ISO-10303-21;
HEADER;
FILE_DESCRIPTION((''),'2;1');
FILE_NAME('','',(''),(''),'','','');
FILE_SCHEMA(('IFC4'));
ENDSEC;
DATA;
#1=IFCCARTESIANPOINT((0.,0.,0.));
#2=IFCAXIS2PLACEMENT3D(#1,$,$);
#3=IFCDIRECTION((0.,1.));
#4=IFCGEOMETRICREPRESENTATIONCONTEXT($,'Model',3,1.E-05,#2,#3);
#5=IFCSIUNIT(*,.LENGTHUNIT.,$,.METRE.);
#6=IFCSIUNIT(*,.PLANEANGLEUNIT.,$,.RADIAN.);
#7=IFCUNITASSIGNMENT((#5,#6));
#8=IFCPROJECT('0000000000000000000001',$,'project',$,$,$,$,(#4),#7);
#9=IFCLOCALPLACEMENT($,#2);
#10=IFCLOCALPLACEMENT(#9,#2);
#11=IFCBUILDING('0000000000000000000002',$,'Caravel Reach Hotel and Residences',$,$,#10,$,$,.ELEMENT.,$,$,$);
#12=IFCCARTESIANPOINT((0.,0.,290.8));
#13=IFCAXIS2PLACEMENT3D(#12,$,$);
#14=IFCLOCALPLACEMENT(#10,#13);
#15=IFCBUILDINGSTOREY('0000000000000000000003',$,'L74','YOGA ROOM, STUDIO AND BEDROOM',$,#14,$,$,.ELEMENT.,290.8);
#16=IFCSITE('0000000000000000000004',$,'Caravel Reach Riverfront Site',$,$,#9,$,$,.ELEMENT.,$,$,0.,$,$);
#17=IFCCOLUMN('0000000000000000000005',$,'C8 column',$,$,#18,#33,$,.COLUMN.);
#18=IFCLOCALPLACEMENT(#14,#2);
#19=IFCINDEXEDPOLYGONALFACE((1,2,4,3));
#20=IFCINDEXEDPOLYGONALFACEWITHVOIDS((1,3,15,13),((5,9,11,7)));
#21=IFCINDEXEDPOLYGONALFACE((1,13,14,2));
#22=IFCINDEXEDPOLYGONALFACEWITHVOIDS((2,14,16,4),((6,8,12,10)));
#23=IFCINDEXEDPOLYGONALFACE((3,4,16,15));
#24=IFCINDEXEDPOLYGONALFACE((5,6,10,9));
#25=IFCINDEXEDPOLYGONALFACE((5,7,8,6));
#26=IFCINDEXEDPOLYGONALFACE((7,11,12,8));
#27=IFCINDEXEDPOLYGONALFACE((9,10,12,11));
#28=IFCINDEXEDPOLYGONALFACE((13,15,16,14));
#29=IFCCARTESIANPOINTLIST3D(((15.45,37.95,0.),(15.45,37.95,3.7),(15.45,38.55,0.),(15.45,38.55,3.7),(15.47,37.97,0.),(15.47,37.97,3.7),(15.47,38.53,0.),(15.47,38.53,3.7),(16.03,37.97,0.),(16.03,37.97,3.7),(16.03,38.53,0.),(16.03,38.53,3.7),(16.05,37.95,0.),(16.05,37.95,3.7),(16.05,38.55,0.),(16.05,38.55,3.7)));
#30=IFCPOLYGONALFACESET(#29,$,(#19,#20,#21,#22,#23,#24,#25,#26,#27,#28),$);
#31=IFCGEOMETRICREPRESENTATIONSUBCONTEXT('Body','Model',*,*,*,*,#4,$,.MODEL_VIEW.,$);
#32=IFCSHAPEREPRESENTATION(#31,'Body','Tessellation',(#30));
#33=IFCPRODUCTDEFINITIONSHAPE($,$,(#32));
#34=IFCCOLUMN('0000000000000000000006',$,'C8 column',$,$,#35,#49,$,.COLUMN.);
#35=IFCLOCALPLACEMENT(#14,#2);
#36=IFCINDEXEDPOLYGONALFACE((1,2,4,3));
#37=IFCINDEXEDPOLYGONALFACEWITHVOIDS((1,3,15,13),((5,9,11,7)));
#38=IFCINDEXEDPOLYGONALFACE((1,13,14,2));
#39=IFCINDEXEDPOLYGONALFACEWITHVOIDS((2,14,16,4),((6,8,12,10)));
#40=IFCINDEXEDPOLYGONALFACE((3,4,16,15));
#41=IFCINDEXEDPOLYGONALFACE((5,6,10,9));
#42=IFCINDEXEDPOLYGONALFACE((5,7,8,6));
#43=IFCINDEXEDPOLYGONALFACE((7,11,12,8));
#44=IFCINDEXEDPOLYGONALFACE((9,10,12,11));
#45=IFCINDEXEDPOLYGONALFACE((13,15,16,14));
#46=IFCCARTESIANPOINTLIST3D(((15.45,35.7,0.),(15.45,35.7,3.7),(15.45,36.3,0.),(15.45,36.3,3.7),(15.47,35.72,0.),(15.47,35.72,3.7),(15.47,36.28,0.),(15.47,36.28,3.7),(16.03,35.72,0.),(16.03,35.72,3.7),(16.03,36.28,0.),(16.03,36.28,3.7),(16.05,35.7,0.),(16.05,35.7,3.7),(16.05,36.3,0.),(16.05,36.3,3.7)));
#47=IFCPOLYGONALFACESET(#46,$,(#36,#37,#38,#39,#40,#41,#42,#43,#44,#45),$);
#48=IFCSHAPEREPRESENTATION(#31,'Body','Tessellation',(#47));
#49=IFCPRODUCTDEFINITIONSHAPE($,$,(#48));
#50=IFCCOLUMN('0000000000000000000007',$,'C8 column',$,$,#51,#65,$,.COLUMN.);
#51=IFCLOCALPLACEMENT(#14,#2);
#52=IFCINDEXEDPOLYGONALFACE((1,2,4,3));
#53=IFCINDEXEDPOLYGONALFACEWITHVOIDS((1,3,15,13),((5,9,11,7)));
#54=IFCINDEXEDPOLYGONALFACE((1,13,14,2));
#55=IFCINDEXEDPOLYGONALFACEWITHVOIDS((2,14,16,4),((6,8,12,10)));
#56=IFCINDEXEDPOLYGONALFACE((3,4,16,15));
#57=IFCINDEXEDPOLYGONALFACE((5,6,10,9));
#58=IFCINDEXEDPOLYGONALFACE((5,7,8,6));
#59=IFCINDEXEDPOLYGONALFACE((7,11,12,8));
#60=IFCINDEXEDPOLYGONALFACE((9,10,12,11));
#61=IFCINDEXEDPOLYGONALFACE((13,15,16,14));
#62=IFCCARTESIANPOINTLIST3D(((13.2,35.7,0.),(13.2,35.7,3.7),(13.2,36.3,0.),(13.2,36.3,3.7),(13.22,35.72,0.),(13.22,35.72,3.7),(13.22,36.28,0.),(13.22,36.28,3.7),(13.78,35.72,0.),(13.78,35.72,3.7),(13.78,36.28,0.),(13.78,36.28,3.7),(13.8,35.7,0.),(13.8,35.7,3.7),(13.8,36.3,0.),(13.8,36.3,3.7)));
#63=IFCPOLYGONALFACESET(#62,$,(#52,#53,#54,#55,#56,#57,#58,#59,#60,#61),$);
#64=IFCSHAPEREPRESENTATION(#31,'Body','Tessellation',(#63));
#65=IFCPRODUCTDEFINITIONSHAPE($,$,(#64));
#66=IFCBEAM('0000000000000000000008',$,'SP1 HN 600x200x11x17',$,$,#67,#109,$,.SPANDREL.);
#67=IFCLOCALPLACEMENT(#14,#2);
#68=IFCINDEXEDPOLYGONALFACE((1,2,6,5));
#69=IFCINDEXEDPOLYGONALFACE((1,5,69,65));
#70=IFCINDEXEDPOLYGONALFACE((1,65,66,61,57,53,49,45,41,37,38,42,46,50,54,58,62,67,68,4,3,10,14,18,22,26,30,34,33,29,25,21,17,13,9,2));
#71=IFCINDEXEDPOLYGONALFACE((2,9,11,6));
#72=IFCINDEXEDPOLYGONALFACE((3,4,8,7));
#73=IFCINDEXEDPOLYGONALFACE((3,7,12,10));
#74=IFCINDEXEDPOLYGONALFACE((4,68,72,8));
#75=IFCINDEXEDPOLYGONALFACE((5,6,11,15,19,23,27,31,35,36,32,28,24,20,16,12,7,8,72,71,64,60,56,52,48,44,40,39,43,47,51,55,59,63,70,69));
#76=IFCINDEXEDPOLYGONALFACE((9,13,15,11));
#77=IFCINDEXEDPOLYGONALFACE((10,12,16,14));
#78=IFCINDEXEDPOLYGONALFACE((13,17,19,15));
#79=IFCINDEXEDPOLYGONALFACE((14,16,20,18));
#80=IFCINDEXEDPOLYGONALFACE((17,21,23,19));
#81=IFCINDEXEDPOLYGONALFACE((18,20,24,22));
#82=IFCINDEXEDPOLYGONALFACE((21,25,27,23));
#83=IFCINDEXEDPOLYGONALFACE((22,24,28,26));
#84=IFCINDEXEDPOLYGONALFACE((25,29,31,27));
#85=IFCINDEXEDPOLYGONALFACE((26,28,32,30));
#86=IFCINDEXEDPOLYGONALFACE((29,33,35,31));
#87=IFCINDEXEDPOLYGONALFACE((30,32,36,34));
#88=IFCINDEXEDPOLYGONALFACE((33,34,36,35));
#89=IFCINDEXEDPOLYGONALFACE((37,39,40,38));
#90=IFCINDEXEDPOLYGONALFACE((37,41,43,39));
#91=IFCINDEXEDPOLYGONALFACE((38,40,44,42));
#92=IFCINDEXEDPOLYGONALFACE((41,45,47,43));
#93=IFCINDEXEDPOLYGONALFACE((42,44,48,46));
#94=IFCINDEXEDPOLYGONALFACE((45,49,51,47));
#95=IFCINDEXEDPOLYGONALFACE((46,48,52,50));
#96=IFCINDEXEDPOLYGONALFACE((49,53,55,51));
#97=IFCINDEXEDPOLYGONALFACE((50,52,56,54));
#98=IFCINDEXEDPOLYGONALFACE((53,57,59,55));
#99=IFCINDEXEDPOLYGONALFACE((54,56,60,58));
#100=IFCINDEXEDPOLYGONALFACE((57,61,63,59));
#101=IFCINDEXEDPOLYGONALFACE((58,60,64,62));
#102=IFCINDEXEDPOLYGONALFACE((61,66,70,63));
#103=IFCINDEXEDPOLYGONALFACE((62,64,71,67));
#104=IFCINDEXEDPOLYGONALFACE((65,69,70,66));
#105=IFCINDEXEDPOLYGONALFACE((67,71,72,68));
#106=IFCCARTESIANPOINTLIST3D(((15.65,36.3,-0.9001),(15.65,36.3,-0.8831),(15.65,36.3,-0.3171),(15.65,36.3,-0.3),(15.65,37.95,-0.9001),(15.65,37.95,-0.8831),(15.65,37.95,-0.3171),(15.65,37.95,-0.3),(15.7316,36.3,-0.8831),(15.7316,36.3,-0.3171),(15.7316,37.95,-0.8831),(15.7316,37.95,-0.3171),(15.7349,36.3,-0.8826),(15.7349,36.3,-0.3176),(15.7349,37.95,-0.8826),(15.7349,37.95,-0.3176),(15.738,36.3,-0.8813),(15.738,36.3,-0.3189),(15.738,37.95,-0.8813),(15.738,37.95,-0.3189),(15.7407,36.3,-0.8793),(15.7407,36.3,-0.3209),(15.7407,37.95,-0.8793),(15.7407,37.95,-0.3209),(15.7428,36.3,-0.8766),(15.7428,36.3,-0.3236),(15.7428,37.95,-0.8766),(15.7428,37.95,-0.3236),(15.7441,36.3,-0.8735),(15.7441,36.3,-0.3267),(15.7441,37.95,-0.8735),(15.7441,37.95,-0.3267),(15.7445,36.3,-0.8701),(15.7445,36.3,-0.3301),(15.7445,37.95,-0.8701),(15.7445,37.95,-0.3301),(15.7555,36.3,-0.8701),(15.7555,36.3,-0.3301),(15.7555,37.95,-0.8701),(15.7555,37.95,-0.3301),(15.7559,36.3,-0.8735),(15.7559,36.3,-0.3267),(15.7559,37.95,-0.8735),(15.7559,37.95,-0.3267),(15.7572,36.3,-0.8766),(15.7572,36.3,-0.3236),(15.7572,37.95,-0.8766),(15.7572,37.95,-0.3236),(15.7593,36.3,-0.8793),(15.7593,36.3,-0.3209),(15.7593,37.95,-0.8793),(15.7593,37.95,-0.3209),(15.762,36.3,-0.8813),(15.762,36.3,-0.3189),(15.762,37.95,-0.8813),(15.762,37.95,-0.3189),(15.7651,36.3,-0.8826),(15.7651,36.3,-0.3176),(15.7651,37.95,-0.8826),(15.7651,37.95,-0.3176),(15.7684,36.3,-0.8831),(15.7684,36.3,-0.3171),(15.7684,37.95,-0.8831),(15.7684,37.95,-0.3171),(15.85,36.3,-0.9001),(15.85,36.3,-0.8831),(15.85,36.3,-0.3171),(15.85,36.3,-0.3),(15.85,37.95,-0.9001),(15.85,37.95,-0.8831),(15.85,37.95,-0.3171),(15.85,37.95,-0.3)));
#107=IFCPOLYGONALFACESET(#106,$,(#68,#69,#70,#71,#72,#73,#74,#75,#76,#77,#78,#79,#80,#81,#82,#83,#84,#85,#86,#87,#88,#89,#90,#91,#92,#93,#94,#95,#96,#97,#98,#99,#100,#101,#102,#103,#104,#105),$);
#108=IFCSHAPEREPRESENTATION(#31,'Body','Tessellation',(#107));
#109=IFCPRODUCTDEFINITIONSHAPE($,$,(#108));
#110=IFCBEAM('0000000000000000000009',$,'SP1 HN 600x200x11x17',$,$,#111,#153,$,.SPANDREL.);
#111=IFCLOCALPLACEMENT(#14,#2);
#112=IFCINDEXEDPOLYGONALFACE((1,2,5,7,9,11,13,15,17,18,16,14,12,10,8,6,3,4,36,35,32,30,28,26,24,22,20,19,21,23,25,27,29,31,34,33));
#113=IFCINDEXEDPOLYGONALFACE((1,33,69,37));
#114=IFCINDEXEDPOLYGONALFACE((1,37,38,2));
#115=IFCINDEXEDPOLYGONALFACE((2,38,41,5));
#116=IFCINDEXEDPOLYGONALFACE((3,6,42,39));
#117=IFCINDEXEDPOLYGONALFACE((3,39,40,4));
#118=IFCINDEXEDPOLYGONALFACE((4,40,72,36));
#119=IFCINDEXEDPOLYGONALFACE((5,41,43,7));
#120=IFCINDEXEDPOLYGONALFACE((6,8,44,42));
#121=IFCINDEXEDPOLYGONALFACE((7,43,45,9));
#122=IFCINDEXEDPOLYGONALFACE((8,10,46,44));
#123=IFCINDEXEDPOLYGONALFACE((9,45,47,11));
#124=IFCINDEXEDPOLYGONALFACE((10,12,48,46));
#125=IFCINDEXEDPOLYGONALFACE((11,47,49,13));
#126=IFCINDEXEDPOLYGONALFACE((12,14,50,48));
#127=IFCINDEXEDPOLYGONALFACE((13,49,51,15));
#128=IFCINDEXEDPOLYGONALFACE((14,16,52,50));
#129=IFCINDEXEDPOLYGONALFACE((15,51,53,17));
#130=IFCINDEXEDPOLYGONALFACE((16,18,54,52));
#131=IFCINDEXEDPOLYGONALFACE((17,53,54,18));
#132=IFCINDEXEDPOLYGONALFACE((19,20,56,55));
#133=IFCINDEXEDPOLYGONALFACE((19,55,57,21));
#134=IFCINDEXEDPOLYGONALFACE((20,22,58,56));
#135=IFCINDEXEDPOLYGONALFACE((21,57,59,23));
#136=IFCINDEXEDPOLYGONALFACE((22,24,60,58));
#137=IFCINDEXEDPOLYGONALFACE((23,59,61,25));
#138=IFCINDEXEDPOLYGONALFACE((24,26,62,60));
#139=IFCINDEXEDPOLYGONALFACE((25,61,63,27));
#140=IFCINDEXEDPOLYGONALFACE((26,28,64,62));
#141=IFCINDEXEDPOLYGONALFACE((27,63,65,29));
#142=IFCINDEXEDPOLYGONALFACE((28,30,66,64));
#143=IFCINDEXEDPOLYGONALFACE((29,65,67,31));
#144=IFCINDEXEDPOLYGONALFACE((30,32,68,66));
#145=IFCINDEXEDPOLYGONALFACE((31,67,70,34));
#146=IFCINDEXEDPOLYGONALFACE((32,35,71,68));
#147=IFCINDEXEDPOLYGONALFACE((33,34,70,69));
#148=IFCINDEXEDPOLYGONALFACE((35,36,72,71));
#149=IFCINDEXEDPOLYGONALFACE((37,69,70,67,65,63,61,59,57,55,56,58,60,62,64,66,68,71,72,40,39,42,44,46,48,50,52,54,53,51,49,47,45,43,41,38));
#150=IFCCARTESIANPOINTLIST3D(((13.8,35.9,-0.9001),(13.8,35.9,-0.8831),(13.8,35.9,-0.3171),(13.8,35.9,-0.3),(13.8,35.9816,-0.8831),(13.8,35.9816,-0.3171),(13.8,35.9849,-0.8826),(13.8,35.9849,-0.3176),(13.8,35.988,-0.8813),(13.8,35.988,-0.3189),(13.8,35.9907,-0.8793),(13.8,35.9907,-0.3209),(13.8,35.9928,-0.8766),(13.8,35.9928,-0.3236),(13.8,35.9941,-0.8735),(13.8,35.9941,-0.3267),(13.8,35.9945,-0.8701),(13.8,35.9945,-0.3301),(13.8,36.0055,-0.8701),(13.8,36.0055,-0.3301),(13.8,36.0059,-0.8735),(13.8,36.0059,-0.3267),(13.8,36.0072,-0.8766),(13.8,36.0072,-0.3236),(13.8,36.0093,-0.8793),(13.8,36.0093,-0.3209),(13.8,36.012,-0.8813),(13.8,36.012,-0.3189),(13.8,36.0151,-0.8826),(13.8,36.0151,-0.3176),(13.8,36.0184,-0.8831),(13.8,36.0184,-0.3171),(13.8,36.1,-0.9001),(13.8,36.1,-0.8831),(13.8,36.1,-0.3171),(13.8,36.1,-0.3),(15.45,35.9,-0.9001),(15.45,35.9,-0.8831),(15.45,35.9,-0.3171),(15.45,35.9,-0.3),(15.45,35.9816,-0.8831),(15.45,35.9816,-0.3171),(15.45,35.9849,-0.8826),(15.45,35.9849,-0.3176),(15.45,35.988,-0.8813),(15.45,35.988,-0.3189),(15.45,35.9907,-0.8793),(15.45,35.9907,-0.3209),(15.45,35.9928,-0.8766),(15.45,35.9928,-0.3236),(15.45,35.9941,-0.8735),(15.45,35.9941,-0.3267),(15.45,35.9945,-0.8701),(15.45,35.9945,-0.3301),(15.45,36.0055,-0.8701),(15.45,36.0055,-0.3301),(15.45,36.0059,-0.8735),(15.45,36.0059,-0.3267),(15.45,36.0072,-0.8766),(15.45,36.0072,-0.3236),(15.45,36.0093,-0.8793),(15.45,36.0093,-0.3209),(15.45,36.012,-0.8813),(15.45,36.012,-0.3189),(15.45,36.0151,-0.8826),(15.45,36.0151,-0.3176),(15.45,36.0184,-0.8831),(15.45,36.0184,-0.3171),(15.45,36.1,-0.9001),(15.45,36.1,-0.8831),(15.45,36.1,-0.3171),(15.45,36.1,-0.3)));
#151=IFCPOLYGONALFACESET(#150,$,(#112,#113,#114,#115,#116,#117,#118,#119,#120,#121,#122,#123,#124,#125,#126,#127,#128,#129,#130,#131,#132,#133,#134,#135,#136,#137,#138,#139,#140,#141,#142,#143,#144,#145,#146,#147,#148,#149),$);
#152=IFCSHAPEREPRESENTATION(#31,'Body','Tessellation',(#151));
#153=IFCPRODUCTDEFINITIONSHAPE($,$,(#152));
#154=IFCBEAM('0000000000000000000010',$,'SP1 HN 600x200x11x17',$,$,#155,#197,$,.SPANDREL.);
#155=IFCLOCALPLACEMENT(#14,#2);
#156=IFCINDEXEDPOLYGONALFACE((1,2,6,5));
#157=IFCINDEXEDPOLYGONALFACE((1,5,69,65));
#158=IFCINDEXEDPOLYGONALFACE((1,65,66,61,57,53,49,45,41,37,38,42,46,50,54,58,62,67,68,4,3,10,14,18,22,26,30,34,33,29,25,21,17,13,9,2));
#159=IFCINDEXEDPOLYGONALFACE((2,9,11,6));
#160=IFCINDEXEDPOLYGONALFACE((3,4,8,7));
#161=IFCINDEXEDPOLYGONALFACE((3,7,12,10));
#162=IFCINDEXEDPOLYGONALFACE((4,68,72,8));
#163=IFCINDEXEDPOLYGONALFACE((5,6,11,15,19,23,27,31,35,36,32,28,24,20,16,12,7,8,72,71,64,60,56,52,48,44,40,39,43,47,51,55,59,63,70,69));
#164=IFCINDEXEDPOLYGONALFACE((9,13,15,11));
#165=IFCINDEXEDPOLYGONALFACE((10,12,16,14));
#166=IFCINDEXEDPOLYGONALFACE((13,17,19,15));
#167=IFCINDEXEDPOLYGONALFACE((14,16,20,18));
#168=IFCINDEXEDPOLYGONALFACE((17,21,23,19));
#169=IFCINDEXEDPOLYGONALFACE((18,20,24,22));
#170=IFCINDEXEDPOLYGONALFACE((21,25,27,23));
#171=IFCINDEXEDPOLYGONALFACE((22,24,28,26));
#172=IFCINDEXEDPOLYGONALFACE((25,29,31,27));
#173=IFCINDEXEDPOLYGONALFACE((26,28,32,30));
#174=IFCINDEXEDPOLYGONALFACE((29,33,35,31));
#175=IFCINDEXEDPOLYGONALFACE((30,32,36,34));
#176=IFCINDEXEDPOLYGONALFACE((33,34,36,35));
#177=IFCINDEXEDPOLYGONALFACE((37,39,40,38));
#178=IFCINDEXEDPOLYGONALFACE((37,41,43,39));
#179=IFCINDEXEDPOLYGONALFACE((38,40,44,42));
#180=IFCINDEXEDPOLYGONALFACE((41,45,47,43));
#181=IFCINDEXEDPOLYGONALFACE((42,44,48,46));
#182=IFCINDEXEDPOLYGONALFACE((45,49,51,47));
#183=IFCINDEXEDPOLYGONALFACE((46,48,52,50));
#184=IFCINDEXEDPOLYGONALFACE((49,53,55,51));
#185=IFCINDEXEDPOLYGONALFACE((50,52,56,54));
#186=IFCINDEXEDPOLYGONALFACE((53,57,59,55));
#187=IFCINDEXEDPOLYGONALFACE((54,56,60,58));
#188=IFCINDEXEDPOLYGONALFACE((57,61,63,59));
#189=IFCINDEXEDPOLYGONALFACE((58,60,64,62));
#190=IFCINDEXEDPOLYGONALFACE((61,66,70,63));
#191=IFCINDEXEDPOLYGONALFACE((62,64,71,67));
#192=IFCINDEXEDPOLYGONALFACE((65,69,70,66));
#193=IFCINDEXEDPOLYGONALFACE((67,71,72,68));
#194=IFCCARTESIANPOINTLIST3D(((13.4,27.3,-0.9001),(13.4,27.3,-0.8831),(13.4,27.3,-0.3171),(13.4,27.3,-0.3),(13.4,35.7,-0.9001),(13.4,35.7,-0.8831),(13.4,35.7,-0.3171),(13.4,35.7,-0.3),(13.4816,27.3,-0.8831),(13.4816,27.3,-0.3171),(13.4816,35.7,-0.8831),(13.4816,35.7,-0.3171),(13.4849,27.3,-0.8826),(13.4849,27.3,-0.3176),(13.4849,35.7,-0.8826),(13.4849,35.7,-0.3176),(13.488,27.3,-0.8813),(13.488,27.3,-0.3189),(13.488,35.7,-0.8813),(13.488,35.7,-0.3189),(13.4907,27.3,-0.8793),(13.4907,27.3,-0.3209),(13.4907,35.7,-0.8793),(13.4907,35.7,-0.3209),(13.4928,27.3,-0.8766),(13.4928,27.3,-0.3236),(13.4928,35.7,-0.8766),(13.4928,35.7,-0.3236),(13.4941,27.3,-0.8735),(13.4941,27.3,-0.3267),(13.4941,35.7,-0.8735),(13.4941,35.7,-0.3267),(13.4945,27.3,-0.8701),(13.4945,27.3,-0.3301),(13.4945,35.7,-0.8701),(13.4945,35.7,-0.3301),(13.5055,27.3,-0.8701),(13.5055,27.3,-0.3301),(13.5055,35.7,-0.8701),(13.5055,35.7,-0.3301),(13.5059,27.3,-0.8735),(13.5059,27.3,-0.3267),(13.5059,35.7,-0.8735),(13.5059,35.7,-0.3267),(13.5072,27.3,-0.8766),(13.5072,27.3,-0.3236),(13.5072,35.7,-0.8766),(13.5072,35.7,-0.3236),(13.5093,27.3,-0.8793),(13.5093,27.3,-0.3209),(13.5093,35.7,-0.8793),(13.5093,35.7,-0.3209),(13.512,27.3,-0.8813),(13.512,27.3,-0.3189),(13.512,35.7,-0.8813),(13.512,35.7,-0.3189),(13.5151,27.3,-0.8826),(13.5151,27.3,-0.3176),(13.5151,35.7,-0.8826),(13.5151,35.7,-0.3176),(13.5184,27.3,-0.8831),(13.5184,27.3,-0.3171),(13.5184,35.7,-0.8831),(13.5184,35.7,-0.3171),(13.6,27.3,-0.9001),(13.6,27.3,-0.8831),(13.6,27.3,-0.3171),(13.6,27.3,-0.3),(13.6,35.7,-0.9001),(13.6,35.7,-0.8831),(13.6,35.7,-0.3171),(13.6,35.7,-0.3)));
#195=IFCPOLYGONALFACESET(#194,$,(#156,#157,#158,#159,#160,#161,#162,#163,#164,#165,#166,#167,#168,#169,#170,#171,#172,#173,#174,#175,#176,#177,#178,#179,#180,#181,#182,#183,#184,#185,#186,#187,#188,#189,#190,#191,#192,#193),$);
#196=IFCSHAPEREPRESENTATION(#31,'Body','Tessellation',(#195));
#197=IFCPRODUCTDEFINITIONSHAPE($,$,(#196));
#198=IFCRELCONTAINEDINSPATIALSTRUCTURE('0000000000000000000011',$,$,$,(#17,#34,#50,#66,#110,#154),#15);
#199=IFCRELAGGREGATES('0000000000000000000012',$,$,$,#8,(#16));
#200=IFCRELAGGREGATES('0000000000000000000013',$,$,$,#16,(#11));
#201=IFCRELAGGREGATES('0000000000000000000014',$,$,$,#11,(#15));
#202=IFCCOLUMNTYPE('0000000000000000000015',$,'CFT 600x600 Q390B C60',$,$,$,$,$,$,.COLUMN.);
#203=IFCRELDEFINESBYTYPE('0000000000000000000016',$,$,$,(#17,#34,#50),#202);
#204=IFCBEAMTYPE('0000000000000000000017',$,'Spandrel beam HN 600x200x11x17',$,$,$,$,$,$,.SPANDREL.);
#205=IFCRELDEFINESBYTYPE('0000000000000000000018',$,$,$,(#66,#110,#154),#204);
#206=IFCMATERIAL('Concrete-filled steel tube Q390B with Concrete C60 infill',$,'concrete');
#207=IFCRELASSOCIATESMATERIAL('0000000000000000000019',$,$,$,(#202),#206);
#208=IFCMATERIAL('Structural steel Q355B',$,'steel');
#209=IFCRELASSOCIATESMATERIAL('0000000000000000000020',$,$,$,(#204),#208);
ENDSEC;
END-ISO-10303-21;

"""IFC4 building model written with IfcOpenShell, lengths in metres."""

from ifc_helpers import new_model, si_unit, direction, frame, origin, origin_2d, place, context, subcontext, project, spatial, hollow_rectangle, i_section, extrude, material, material_profile, profile_set, type_object, element, save


model = new_model("IFC4")

# Units and contexts
model_context = context("Model", 3, precision=1e-05, world=origin(), true_north=direction((0.0, 1.0)))
body_context = subcontext(model_context, "Body", "Model", "MODEL_VIEW")
ifc_project = project(units=[si_unit("LENGTHUNIT", "METRE"), si_unit("PLANEANGLEUNIT", "RADIAN")], contexts=[model_context])

# Site, building, storey
site_placement = place(None, origin())
site = spatial("IfcSite", under=ifc_project, at=site_placement, Name="Caravel Reach Riverfront Site", CompositionType="ELEMENT", RefElevation=0.0)
building_placement = place(site_placement, origin())
building = spatial("IfcBuilding", under=site, at=building_placement, Name="Caravel Reach Hotel and Residences", CompositionType="ELEMENT")
storey_placement = place(building_placement, frame((0.0, 0.0, 290.8)))
storey = spatial("IfcBuildingStorey", under=building, at=storey_placement, Name="L74", Description="YOGA ROOM, STUDIO AND BEDROOM", CompositionType="ELEMENT", Elevation=290.8)

# Columns
ifc_material_1 = material(Name="Concrete-filled steel tube Q390B with Concrete C60 infill", Category="concrete")
ifc_material_profile_1 = material_profile(ifc_material_1, hollow_rectangle(XDim=0.6001, YDim=0.6001, WallThickness=0.02, at=origin_2d()), Name="RHS 600x600x20")
ifc_profile_set_1 = profile_set([ifc_material_profile_1], Name="Concrete-filled steel tube Q390B with Concrete C60 infill")
column_type = type_object("IfcColumnType", Name="CFT 600x600 Q390B C60", PredefinedType="COLUMN", material=ifc_profile_set_1)
for number, where, z_axis, x_axis, name in (
    (1, (15.75, 38.25, 0.0), (0.0, 0.0, 1.0), (1.0, 0.0, 0.0), "C8 column"),
    (2, (15.75, 36.0, 0.0), (0.0, 0.0, 1.0), (1.0, 0.0, 0.0), "C8 column"),
    (3, (13.5, 36.0, 0.0), (0.0, 0.0, 1.0), (1.0, 0.0, 0.0), "C8 column"),
):
    element("IfcColumn", number, at=place(storey_placement, frame(where, z_axis=z_axis, x_axis=x_axis)), inside=storey, type_object=column_type, Name=name, PredefinedType="COLUMN", context=body_context, shape_type="SweptSolid", body=[
        extrude(hollow_rectangle(XDim=0.6001, YDim=0.6001, WallThickness=0.02, at=origin_2d()), origin(), (0.0, 0.0, 1.0), 3.7),
    ])

# Beams
ifc_material_2 = material(Name="Structural steel Q355B", Category="steel")
ifc_material_profile_2 = material_profile(ifc_material_2, i_section(OverallWidth=0.2, OverallDepth=0.6001, WebThickness=0.011, FlangeThickness=0.0171, FilletRadius=0.0129, at=origin_2d()), Name="HN 600x200x11x17")
ifc_profile_set_2 = profile_set([ifc_material_profile_2], Name="Structural steel Q355B")
beam_type = type_object("IfcBeamType", Name="Spandrel beam HN 600x200x11x17", PredefinedType="SPANDREL", material=ifc_profile_set_2)
for number, where, z_axis, x_axis, name in (
    (4, (15.75, 37.95, -0.6001), (0.0, -1.0, 0.0), (1.0, 0.0, 0.0), "SP1 HN 600x200x11x17"),
    (5, (15.45, 36.0, -0.6001), (-1.0, 0.0, 0.0), (0.0, -1.0, 0.0), "SP1 HN 600x200x11x17"),
):
    element("IfcBeam", number, at=place(storey_placement, frame(where, z_axis=z_axis, x_axis=x_axis)), inside=storey, type_object=beam_type, Name=name, PredefinedType="SPANDREL", context=body_context, shape_type="SweptSolid", body=[
        extrude(i_section(OverallWidth=0.2, OverallDepth=0.6001, WebThickness=0.011, FlangeThickness=0.0171, FilletRadius=0.0129, at=origin_2d()), origin(), (0.0, 0.0, 1.0), 1.6499),
    ])
beam_placement = place(storey_placement, frame((13.5, 35.7, -0.6001), z_axis=(0.0, -1.0, 0.0), x_axis=(1.0, 0.0, 0.0)))
element("IfcBeam", 6, at=beam_placement, inside=storey, type_object=beam_type, Name="SP1 HN 600x200x11x17", PredefinedType="SPANDREL", context=body_context, shape_type="SweptSolid", body=[
    extrude(i_section(OverallWidth=0.2, OverallDepth=0.6001, WebThickness=0.011, FlangeThickness=0.0171, FilletRadius=0.0129, at=origin_2d()), origin(), (0.0, 0.0, 1.0), 8.3999),
])

save(model, "model.ifc")
